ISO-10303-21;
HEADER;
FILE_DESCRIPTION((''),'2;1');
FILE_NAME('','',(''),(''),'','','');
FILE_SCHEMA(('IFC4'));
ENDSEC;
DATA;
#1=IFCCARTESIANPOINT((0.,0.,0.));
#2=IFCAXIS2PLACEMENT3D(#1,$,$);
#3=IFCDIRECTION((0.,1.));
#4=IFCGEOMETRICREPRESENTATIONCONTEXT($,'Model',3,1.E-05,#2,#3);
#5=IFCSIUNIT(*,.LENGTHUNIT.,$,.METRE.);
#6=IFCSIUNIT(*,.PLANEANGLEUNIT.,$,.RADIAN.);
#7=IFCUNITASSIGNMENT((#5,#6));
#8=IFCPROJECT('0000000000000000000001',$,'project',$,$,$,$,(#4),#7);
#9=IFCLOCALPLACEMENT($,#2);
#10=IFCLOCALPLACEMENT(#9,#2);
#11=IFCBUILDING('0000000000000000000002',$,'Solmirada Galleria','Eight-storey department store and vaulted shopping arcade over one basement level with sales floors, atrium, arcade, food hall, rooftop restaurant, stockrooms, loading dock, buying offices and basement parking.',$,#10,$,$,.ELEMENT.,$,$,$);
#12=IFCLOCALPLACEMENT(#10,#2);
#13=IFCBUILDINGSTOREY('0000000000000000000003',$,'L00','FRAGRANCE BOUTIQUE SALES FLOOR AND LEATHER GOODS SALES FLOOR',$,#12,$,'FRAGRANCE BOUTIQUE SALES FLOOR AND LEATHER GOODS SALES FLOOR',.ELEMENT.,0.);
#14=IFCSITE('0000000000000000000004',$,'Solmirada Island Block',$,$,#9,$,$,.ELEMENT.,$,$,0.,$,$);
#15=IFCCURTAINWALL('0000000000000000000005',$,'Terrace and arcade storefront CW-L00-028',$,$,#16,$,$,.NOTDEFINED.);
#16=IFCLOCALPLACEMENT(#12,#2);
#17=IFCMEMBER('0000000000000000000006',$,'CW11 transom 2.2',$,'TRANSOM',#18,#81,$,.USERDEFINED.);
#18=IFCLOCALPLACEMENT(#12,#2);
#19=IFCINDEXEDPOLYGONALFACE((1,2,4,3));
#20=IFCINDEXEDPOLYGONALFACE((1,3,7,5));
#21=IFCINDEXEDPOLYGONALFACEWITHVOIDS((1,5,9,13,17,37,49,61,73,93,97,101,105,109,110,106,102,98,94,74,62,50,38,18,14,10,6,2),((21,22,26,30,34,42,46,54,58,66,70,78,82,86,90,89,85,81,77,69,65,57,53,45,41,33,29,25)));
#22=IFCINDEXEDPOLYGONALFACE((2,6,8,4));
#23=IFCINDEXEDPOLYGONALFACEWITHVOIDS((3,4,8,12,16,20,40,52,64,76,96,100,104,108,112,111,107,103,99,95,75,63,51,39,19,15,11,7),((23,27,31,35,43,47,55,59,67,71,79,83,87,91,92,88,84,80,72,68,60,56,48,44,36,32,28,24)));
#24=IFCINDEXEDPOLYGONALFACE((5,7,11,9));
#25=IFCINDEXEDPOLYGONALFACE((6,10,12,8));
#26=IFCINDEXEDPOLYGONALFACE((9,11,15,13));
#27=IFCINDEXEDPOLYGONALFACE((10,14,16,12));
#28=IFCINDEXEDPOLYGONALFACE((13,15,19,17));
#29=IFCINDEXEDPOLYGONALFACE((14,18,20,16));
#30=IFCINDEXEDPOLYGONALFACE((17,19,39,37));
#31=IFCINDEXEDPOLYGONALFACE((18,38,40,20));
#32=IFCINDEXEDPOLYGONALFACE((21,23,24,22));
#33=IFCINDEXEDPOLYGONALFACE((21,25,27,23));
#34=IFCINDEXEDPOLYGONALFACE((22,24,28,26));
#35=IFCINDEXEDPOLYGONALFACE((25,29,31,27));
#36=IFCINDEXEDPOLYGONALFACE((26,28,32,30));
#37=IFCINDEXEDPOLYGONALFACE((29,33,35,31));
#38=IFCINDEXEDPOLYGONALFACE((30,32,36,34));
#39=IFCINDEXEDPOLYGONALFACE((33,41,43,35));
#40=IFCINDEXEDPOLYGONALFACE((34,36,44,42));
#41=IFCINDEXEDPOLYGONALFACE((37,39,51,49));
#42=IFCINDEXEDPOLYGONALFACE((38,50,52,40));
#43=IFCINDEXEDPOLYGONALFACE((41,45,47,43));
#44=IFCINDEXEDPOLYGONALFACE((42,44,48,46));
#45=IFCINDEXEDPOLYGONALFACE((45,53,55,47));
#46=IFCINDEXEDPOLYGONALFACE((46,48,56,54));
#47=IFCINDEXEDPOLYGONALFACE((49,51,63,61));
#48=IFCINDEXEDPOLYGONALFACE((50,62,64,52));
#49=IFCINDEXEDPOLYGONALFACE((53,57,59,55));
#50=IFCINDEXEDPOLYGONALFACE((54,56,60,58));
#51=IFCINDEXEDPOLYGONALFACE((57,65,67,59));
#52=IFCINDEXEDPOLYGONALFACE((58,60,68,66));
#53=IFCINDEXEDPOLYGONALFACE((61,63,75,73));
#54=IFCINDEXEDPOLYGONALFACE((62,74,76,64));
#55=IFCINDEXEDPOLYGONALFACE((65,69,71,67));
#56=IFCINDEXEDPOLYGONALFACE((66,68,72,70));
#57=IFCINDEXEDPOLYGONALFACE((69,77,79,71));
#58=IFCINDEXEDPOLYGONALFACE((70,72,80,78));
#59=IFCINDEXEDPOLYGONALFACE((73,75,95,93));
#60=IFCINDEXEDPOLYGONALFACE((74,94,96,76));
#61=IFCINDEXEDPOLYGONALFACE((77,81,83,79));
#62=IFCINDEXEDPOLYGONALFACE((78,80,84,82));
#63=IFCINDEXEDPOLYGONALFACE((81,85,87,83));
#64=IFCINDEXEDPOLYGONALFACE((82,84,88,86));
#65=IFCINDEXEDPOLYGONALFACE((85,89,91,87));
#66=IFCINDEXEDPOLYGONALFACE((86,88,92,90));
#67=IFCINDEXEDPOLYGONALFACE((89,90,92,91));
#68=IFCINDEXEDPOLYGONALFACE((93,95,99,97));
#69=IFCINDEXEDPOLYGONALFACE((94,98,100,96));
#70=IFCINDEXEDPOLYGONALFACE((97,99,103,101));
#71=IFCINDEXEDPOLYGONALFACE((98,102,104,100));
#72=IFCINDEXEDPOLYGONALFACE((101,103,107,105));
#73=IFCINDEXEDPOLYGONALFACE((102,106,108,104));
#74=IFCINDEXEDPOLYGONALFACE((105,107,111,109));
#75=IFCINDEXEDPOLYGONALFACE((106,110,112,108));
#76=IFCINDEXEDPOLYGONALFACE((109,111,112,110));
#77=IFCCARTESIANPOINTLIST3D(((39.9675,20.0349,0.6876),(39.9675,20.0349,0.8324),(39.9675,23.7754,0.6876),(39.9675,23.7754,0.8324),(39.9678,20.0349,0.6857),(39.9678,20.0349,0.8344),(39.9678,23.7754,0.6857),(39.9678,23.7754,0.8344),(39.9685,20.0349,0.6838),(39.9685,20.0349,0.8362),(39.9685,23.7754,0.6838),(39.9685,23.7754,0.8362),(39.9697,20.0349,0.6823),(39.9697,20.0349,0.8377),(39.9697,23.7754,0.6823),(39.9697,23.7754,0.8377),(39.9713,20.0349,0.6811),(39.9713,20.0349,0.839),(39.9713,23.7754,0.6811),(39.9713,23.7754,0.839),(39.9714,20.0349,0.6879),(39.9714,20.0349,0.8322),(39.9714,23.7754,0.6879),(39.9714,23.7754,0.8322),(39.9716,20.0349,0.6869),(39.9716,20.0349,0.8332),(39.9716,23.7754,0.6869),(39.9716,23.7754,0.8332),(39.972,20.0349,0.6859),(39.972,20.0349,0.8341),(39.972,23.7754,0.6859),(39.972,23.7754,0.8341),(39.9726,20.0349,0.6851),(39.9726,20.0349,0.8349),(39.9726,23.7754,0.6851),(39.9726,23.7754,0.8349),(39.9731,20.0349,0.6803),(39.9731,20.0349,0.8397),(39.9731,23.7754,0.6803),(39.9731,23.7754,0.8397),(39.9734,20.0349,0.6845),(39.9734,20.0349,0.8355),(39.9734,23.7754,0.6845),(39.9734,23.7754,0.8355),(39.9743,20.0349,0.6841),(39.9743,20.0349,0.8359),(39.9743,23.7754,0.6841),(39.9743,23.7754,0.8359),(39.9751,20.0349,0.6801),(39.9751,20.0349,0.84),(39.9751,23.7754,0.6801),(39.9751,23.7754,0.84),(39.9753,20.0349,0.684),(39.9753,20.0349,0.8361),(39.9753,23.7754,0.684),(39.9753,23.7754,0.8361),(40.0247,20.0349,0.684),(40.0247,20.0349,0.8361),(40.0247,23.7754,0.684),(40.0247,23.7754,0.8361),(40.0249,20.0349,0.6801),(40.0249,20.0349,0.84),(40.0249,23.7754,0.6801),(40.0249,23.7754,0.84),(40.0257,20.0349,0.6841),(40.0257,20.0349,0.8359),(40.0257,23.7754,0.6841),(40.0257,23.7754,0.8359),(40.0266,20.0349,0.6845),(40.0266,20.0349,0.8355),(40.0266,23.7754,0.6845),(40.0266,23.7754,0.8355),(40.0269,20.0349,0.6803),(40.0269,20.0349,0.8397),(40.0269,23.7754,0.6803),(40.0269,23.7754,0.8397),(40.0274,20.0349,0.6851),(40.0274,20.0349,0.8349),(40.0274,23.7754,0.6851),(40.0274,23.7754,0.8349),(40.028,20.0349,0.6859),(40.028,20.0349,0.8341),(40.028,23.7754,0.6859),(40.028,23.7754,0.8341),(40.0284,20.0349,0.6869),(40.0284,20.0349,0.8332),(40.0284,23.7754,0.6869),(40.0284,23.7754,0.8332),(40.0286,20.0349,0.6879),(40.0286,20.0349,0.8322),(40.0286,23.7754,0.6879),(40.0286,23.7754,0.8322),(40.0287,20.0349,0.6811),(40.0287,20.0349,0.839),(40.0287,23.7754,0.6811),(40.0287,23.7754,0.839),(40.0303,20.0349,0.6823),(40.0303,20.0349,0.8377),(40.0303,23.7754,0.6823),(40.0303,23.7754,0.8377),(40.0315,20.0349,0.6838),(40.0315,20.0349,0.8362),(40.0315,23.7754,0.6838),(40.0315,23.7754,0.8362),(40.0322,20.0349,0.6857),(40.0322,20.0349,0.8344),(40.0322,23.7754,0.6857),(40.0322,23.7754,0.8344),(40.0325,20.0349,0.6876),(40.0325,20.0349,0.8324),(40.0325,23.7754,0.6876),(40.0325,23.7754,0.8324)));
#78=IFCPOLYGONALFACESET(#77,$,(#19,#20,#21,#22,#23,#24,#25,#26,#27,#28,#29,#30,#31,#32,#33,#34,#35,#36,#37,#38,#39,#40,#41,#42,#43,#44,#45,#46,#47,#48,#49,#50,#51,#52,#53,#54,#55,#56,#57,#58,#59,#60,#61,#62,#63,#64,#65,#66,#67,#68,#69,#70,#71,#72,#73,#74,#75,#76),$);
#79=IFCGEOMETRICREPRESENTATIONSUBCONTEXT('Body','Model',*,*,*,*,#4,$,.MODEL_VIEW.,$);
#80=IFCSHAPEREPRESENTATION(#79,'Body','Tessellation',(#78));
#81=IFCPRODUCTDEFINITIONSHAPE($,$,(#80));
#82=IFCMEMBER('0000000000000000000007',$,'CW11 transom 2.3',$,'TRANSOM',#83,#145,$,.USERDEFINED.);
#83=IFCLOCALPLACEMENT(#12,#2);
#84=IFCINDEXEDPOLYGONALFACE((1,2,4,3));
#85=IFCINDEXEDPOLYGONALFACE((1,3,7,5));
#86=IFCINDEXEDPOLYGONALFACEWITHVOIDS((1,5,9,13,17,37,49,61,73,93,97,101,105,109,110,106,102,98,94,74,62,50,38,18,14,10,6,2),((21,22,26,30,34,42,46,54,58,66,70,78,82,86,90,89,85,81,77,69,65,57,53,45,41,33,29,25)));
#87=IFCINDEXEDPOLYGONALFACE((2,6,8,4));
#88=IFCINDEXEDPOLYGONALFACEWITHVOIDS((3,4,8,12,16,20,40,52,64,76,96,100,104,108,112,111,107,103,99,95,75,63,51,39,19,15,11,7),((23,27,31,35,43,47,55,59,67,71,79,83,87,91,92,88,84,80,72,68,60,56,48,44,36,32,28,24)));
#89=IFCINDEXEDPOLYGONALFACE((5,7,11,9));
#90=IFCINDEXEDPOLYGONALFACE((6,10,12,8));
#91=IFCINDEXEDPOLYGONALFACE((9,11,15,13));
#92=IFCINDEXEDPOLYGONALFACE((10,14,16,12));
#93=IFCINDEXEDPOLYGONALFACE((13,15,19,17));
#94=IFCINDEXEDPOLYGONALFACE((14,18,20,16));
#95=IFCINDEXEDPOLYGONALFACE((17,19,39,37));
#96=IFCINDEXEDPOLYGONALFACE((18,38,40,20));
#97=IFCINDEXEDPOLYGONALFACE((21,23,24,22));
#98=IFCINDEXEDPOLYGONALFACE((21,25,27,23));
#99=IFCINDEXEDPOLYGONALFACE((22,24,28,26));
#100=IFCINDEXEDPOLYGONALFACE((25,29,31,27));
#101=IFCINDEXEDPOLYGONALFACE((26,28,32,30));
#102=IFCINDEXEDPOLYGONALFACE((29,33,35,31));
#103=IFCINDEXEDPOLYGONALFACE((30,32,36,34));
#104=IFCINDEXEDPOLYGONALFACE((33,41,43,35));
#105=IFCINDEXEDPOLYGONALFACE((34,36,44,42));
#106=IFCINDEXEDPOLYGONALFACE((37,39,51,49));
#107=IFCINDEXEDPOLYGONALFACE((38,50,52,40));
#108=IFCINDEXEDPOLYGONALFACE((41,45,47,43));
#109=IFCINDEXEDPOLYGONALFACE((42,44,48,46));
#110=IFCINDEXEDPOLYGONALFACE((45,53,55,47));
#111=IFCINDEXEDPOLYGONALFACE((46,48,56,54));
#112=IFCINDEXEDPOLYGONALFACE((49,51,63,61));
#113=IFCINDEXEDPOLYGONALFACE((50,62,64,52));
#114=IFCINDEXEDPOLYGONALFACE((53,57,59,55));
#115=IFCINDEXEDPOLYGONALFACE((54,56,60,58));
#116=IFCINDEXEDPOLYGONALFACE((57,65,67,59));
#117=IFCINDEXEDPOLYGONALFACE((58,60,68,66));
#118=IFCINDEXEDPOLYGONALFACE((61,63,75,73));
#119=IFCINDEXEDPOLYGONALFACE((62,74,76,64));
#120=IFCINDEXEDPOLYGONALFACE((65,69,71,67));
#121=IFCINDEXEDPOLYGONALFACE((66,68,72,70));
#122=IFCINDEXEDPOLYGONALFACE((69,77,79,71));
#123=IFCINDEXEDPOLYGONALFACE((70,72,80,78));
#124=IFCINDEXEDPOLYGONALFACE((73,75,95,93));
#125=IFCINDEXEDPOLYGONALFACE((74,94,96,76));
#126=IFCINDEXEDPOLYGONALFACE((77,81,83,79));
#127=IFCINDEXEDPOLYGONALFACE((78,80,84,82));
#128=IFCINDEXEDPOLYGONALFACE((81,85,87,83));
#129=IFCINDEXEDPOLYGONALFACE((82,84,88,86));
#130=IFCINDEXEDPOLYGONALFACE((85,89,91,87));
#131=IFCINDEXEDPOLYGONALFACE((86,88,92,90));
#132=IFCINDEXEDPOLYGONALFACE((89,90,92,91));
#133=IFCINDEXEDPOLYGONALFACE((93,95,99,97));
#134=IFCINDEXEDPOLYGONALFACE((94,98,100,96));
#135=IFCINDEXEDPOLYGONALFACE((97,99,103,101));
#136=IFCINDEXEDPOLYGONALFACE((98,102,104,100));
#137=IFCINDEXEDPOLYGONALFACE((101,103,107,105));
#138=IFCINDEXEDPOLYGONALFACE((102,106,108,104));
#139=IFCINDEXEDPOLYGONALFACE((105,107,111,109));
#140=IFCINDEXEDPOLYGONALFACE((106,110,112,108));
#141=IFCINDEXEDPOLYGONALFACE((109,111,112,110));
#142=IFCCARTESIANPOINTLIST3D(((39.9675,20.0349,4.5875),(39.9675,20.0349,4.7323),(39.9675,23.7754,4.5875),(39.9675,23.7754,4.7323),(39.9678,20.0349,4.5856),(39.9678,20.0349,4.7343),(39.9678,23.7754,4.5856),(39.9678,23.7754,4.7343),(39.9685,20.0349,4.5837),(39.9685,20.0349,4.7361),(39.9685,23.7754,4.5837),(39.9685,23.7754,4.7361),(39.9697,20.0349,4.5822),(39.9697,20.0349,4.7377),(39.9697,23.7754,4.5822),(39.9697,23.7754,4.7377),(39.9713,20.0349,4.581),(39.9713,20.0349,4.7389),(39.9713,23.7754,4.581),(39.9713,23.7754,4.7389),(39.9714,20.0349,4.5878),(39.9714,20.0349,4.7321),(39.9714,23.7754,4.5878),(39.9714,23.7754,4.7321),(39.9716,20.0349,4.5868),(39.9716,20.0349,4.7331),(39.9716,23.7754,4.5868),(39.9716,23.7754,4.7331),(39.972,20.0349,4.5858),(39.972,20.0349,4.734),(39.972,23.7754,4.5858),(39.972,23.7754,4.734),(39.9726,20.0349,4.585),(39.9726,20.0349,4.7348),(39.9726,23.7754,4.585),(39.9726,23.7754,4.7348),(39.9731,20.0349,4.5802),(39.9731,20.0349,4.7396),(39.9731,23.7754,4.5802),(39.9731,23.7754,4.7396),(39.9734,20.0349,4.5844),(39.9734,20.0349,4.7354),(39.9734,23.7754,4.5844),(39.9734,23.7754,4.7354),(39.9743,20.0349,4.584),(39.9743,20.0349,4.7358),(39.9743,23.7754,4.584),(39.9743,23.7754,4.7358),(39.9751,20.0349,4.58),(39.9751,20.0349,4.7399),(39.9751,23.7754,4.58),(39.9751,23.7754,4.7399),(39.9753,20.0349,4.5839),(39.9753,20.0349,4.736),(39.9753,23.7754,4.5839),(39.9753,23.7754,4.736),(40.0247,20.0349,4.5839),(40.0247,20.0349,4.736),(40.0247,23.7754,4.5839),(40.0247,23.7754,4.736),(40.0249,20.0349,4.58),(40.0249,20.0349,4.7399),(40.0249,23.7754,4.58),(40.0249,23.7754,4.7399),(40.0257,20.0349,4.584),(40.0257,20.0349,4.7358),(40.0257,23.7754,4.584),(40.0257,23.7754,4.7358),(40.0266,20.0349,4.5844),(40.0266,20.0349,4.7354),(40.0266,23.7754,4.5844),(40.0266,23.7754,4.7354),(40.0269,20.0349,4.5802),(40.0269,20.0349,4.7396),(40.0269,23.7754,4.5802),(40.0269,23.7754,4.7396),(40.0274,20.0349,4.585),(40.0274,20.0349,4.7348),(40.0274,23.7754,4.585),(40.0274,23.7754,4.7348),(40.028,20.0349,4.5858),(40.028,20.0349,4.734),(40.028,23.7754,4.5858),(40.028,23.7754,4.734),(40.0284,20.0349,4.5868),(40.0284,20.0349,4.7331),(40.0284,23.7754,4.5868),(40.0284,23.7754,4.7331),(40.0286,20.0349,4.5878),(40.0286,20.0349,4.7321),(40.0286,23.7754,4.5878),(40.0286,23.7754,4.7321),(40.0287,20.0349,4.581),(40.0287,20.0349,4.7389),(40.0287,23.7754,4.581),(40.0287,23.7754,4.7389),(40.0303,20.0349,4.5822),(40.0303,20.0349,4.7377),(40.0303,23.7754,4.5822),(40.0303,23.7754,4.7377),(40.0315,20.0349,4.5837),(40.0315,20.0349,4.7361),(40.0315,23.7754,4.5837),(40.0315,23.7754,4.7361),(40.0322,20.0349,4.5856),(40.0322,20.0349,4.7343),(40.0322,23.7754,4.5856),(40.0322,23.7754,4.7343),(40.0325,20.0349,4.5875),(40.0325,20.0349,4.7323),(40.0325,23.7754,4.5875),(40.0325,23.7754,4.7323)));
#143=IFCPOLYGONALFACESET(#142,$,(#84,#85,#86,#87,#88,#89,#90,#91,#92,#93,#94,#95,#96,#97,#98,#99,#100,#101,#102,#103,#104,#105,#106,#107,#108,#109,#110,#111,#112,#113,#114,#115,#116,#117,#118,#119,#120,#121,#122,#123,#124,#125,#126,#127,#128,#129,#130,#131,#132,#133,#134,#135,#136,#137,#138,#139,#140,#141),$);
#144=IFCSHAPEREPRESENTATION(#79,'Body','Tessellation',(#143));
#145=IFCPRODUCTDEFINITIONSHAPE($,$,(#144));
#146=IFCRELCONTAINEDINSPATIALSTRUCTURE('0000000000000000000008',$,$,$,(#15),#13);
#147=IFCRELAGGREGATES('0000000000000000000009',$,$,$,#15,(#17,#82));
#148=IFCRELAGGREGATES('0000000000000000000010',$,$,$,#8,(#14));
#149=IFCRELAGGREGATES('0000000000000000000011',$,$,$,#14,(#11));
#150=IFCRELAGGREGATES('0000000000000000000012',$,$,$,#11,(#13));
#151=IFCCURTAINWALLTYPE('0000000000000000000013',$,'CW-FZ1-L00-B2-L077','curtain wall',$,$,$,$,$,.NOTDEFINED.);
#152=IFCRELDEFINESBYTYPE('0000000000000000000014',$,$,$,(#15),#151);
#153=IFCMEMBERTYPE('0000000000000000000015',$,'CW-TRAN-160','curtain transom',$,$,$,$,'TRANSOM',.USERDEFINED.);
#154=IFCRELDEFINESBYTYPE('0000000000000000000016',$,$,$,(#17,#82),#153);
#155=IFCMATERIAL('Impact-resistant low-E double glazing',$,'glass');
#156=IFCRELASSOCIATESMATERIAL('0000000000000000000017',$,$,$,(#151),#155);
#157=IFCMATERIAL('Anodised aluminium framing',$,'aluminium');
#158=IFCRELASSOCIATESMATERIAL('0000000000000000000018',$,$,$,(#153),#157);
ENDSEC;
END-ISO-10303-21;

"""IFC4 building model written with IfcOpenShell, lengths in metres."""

from ifc_helpers import new_model, si_unit, direction, frame, origin, origin_2d, place, context, subcontext, project, spatial, hollow_rectangle, extrude, material, material_profile, profile_set, type_object, element, aggregate, save


model = new_model("IFC4")

# Units and contexts
model_context = context("Model", 3, precision=1e-05, world=origin(), true_north=direction((0.0, 1.0)))
body_context = subcontext(model_context, "Body", "Model", "MODEL_VIEW")
ifc_project = project(units=[si_unit("LENGTHUNIT", "METRE"), si_unit("PLANEANGLEUNIT", "RADIAN")], contexts=[model_context])

# Site, building, storey
site_placement = place(None, origin())
site = spatial("IfcSite", under=ifc_project, at=site_placement, Name="Solmirada Island Block", CompositionType="ELEMENT", RefElevation=0.0)
building_placement = place(site_placement, origin())
building = spatial("IfcBuilding", under=site, at=building_placement, Name="Solmirada Galleria", Description="Eight-storey department store and vaulted shopping arcade over one basement level with sales floors, atrium, arcade, food hall, rooftop restaurant, stockrooms, loading dock, buying offices and basement parking.", CompositionType="ELEMENT")
storey_placement = place(building_placement, origin())
storey = spatial("IfcBuildingStorey", under=building, at=storey_placement, Name="L00", Description="FRAGRANCE BOUTIQUE SALES FLOOR AND LEATHER GOODS SALES FLOOR", LongName="FRAGRANCE BOUTIQUE SALES FLOOR AND LEATHER GOODS SALES FLOOR", CompositionType="ELEMENT", Elevation=0.0)

# Curtain wall, members
ifc_material_1 = material(Name="Impact-resistant low-E double glazing", Category="glass")
curtain_wall_type = type_object("IfcCurtainWallType", Name="CW-FZ1-L00-B2-L077", Description="curtain wall", PredefinedType="NOTDEFINED", material=ifc_material_1)
curtain_wall_placement = place(storey_placement, origin())
curtain_wall = element("IfcCurtainWall", 1, at=curtain_wall_placement, inside=storey, type_object=curtain_wall_type, Name="Terrace and arcade storefront CW-L00-028", PredefinedType="NOTDEFINED")
ifc_material_2 = material(Name="Anodised aluminium framing", Category="aluminium")
ifc_material_profile_1 = material_profile(ifc_material_2, hollow_rectangle(XDim=0.0649, YDim=0.1599, WallThickness=0.0039, InnerFilletRadius=0.0039, OuterFilletRadius=0.0076, at=origin_2d()), Name="ALU-TRAN-160X65")
ifc_profile_set_1 = profile_set([ifc_material_profile_1], Name="Anodised aluminium framing")
member_type_1 = type_object("IfcMemberType", Name="CW-TRAN-160", Description="curtain transom", ElementType="TRANSOM", PredefinedType="USERDEFINED", material=ifc_profile_set_1)
member_1_placement = place(storey_placement, frame((40.0, 20.0349, 0.76), z_axis=(0.0, 1.0, 0.0), x_axis=(-1.0, 0.0, 0.0)))
member_1 = element("IfcMember", 2, at=member_1_placement, type_object=member_type_1, Name="CW11 transom 2.2", ObjectType="TRANSOM", PredefinedType="USERDEFINED", context=body_context, shape_type="SweptSolid", body=[
    extrude(hollow_rectangle(XDim=0.0649, YDim=0.1599, WallThickness=0.0039, InnerFilletRadius=0.0039, OuterFilletRadius=0.0076, at=origin_2d()), origin(), (0.0, 0.0, 1.0), 3.7405),
])
member_2_placement = place(storey_placement, frame((40.0, 20.0349, 4.6599), z_axis=(0.0, 1.0, 0.0), x_axis=(-1.0, 0.0, 0.0)))
member_2 = element("IfcMember", 3, at=member_2_placement, type_object=member_type_1, Name="CW11 transom 2.3", ObjectType="TRANSOM", PredefinedType="USERDEFINED", context=body_context, shape_type="SweptSolid", body=[
    extrude(hollow_rectangle(XDim=0.0649, YDim=0.1599, WallThickness=0.0039, InnerFilletRadius=0.0039, OuterFilletRadius=0.0076, at=origin_2d()), origin(), (0.0, 0.0, 1.0), 3.7405),
])
aggregate(curtain_wall, [member_1, member_2])

save(model, "model.ifc")
